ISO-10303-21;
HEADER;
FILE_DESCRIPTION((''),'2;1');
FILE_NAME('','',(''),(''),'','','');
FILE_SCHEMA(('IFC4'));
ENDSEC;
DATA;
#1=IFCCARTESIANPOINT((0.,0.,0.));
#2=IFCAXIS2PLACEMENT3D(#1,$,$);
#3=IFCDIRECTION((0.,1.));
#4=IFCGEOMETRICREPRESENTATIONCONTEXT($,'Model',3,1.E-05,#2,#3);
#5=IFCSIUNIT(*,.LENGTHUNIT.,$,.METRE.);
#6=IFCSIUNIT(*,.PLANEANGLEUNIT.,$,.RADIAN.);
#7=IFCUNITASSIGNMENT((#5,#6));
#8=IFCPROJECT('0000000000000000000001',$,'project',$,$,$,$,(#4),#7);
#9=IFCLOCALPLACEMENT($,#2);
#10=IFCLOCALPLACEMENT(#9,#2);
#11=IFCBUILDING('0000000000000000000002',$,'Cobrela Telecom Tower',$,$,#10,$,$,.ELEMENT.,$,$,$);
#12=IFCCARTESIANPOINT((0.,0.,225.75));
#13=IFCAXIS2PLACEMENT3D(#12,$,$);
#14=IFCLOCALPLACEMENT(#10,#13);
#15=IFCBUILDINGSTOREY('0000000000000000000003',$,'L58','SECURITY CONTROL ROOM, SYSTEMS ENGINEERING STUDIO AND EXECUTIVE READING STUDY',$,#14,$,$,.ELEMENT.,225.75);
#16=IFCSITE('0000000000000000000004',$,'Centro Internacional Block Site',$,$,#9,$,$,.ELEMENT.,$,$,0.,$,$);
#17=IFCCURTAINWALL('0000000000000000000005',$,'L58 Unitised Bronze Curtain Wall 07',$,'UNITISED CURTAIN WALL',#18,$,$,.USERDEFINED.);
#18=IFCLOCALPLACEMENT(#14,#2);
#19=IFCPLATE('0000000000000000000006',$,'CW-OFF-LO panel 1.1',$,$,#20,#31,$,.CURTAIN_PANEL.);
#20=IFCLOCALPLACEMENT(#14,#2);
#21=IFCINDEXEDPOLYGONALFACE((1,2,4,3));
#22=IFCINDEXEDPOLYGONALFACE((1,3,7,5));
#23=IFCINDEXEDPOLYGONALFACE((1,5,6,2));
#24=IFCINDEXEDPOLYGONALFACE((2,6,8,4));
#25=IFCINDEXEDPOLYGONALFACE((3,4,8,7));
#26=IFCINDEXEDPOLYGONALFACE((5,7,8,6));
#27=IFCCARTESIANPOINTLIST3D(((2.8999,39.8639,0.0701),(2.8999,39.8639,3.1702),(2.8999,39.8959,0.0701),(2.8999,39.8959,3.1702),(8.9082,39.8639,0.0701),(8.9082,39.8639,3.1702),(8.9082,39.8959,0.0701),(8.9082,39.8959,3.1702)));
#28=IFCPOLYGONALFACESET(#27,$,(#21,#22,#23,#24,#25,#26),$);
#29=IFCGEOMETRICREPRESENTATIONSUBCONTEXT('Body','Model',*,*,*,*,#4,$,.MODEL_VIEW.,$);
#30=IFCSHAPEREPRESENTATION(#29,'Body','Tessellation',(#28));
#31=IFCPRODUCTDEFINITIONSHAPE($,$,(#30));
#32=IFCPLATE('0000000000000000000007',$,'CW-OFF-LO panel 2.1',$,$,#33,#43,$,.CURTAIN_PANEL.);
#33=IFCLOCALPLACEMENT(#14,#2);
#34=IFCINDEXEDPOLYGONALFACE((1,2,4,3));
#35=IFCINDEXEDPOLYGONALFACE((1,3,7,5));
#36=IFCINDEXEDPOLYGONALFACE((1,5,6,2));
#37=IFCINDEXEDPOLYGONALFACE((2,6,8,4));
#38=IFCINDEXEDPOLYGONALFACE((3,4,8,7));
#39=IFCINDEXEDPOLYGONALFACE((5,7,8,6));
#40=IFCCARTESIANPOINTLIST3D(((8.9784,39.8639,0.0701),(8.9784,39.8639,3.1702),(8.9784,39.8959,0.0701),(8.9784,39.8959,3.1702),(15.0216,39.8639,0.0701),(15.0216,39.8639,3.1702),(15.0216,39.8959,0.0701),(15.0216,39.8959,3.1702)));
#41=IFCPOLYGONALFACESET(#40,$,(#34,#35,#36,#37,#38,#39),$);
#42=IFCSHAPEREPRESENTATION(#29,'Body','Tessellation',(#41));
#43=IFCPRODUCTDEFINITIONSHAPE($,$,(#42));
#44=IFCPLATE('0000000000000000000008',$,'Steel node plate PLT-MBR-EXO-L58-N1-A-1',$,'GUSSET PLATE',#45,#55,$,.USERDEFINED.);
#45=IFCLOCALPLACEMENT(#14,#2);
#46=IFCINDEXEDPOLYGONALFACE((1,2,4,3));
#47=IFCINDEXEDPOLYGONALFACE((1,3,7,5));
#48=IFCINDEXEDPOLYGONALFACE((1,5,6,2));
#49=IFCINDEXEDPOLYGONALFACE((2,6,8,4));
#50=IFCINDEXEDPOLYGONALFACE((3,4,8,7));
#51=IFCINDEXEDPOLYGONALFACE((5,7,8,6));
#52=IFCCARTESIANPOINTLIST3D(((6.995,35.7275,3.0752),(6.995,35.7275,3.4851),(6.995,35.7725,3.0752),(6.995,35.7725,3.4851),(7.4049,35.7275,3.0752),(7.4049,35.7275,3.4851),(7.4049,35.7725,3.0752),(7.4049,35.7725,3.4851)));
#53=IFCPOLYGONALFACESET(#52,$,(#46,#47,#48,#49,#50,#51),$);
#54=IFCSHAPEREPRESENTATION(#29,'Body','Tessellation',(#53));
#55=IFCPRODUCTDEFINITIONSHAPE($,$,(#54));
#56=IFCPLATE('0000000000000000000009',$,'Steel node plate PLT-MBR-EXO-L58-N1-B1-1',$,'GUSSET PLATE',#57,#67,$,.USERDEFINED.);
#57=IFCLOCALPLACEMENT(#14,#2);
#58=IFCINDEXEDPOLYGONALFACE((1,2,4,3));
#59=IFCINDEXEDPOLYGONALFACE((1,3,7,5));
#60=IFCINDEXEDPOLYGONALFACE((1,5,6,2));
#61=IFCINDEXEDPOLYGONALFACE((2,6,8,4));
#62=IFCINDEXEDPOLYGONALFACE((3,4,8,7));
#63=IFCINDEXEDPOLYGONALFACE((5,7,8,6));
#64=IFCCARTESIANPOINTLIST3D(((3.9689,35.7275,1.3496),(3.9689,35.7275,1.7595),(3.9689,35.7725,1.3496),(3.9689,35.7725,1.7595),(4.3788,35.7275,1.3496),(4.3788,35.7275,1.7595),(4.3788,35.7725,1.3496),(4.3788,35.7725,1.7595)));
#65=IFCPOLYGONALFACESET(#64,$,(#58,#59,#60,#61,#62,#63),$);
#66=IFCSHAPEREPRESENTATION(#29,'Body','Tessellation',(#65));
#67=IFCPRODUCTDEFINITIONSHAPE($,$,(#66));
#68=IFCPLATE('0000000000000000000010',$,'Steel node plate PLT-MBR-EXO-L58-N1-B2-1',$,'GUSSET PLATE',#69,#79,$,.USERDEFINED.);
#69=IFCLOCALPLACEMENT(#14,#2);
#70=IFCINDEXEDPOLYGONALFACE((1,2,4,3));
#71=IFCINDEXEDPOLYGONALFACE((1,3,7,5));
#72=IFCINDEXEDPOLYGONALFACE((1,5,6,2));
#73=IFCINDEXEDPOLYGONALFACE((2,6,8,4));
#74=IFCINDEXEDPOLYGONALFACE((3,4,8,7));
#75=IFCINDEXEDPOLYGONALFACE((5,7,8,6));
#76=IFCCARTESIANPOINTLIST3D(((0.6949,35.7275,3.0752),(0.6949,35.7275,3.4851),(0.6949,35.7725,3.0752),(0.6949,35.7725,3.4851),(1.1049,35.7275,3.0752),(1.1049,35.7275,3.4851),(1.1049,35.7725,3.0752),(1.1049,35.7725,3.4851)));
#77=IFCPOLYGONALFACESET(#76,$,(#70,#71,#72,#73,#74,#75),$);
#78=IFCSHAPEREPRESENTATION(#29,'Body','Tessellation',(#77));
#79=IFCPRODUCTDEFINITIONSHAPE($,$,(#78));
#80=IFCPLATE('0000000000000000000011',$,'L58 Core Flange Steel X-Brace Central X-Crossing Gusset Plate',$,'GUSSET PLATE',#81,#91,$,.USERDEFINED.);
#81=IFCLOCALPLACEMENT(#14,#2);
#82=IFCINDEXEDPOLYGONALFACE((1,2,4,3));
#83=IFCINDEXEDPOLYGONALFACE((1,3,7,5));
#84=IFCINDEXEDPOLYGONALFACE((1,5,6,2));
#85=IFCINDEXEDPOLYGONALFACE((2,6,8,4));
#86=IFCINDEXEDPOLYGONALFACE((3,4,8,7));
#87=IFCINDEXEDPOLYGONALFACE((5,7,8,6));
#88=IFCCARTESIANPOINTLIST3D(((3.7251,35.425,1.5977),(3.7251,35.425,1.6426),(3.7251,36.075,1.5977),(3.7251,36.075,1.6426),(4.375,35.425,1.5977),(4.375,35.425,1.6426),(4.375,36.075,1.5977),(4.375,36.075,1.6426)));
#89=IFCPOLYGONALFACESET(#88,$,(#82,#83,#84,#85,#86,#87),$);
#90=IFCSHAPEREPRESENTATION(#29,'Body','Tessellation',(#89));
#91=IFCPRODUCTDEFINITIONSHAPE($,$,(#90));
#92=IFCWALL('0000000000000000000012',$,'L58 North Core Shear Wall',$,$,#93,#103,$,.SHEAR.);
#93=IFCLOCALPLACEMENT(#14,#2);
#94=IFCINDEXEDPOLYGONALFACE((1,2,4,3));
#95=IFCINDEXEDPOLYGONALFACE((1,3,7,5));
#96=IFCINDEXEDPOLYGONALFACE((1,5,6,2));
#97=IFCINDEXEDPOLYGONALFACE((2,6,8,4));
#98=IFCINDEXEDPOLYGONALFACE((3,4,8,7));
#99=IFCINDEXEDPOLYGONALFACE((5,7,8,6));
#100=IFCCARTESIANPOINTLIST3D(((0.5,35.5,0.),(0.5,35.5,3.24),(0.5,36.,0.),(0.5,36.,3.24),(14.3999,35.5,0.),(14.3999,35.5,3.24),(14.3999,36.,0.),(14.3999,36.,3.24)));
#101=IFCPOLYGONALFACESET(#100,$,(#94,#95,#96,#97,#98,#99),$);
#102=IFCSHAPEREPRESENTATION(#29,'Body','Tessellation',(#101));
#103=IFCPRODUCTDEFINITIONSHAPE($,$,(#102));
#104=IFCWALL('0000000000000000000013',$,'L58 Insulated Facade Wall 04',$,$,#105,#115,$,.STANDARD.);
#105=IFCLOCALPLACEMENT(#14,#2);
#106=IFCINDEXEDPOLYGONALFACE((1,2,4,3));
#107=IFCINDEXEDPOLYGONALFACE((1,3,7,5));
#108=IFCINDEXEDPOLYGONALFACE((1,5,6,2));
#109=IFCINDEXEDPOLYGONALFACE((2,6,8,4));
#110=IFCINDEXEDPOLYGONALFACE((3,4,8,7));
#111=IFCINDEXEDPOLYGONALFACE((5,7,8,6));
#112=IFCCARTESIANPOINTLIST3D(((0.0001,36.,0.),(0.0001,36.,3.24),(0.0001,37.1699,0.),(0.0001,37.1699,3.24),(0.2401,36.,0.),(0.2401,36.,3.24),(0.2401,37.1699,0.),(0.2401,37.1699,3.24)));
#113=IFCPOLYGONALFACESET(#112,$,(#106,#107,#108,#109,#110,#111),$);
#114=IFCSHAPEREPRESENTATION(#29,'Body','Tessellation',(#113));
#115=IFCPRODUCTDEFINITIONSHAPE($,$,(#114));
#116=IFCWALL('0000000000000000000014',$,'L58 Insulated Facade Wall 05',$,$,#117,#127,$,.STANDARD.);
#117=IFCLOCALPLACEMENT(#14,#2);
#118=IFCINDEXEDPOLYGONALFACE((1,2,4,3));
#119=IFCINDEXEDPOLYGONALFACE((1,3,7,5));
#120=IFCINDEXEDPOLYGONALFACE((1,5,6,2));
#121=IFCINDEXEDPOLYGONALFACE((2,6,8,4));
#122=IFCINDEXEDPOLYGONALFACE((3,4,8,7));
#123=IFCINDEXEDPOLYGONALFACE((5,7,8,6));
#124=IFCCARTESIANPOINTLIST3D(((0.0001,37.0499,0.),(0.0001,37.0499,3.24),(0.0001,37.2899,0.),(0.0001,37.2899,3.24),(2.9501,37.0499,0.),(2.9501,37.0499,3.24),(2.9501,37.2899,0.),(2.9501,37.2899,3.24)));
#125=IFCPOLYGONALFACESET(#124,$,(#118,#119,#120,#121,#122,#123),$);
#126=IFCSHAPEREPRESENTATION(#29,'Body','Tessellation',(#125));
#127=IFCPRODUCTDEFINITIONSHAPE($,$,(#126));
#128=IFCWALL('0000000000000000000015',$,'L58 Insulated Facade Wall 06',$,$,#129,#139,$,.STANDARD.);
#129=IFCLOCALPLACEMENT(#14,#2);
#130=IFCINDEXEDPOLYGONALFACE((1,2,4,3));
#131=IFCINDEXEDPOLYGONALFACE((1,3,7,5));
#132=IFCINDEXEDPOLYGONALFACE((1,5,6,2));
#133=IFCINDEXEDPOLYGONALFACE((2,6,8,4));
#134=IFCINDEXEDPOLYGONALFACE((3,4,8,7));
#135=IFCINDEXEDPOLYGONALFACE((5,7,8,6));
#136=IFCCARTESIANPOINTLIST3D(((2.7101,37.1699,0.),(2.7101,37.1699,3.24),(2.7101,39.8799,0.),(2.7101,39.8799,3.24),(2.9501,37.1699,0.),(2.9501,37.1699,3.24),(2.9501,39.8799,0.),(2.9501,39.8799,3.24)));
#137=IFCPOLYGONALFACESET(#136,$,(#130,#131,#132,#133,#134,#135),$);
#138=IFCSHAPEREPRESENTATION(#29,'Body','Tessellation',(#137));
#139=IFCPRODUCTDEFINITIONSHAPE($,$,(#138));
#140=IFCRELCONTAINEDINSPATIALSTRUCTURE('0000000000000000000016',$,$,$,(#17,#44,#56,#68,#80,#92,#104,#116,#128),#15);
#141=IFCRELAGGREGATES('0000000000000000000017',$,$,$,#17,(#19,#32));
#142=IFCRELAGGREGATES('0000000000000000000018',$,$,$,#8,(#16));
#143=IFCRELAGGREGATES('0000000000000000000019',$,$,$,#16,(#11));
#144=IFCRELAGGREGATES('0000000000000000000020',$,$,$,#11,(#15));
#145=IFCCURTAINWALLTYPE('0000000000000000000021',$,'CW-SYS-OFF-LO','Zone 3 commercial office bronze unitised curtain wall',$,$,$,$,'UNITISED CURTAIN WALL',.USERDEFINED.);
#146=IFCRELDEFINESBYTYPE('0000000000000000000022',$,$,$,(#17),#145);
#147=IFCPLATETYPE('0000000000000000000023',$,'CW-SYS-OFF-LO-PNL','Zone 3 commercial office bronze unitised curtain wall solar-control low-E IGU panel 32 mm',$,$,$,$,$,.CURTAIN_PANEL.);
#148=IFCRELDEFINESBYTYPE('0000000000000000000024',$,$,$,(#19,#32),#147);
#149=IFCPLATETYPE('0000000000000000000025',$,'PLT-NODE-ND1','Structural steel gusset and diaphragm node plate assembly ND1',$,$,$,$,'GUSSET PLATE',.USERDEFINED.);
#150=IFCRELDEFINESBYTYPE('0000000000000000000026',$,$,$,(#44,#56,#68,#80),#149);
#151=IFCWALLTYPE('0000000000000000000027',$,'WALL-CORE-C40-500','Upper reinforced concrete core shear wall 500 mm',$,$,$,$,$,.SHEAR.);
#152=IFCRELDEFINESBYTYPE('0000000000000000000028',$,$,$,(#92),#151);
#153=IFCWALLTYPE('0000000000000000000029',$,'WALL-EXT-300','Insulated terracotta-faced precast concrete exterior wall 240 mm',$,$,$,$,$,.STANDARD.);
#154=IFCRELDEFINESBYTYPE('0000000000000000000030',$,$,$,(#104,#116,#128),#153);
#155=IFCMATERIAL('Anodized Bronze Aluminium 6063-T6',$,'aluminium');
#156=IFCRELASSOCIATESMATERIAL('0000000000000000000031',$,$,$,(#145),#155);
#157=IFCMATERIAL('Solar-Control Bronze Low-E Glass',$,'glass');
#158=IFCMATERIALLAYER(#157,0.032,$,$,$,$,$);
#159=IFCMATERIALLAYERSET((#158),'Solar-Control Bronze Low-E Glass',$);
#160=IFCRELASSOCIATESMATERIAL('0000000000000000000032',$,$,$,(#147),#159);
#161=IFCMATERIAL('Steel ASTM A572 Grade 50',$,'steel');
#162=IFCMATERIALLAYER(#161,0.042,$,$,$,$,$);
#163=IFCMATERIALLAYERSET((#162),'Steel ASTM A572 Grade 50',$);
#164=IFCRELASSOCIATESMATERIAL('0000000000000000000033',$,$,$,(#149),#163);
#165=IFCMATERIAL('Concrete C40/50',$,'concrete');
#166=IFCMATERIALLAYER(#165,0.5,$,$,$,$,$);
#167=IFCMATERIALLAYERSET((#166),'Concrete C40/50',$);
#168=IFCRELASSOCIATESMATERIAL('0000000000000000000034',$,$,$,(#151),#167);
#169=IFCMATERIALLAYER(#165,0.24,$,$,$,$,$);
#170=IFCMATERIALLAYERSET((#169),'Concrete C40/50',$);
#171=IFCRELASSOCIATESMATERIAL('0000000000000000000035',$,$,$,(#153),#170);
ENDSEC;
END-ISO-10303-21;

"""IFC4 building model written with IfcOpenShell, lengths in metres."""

from ifc_helpers import new_model, si_unit, direction, frame, frame_2d, origin, origin_2d, place, context, subcontext, project, spatial, rectangle, extrude, material, layer, layer_set, type_object, element, aggregate, save


model = new_model("IFC4")

# Units and contexts
model_context = context("Model", 3, precision=1e-05, world=origin(), true_north=direction((0.0, 1.0)))
body_context = subcontext(model_context, "Body", "Model", "MODEL_VIEW")
ifc_project = project(units=[si_unit("LENGTHUNIT", "METRE"), si_unit("PLANEANGLEUNIT", "RADIAN")], contexts=[model_context])

# Site, building, storey
site_placement = place(None, origin())
site = spatial("IfcSite", under=ifc_project, at=site_placement, Name="Centro Internacional Block Site", CompositionType="ELEMENT", RefElevation=0.0)
building_placement = place(site_placement, origin())
building = spatial("IfcBuilding", under=site, at=building_placement, Name="Cobrela Telecom Tower", CompositionType="ELEMENT")
storey_placement = place(building_placement, frame((0.0, 0.0, 225.75)))
storey = spatial("IfcBuildingStorey", under=building, at=storey_placement, Name="L58", Description="SECURITY CONTROL ROOM, SYSTEMS ENGINEERING STUDIO AND EXECUTIVE READING STUDY", CompositionType="ELEMENT", Elevation=225.75)

# Shared definitions
ifc_material_1 = material(Name="Steel ASTM A572 Grade 50", Category="steel")

# Curtain wall
ifc_material_2 = material(Name="Anodized Bronze Aluminium 6063-T6", Category="aluminium")
curtain_wall_type = type_object("IfcCurtainWallType", Name="CW-SYS-OFF-LO", Description="Zone 3 commercial office bronze unitised curtain wall", ElementType="UNITISED CURTAIN WALL", PredefinedType="USERDEFINED", material=ifc_material_2)
curtain_wall_placement = place(storey_placement, origin())
curtain_wall = element("IfcCurtainWall", 1, at=curtain_wall_placement, inside=storey, type_object=curtain_wall_type, Name="L58 Unitised Bronze Curtain Wall 07", ObjectType="UNITISED CURTAIN WALL", PredefinedType="USERDEFINED")

# Plates
ifc_material_3 = material(Name="Solar-Control Bronze Low-E Glass", Category="glass")
ifc_layer_1 = layer(ifc_material_3, 0.032)
ifc_layer_set_1 = layer_set([ifc_layer_1], Name="Solar-Control Bronze Low-E Glass")
plate_type_1 = type_object("IfcPlateType", Name="CW-SYS-OFF-LO-PNL", Description="Zone 3 commercial office bronze unitised curtain wall solar-control low-E IGU panel 32 mm", PredefinedType="CURTAIN_PANEL", material=ifc_layer_set_1)
plate_1_placement = place(storey_placement, frame((5.9041, 39.8799, 0.0701), z_axis=(0.0, 0.0, 1.0), x_axis=(1.0, 0.0, 0.0)))
plate_1 = element("IfcPlate", 2, at=plate_1_placement, type_object=plate_type_1, Name="CW-OFF-LO panel 1.1", PredefinedType="CURTAIN_PANEL", context=body_context, shape_type="SweptSolid", body=[
    extrude(rectangle(XDim=6.0083, YDim=0.032, at=origin_2d()), origin(), (0.0, 0.0, 1.0), 3.1001),
])
plate_2_placement = place(storey_placement, frame((12.0, 39.8799, 0.0701), z_axis=(0.0, 0.0, 1.0), x_axis=(1.0, 0.0, 0.0)))
plate_2 = element("IfcPlate", 3, at=plate_2_placement, type_object=plate_type_1, Name="CW-OFF-LO panel 2.1", PredefinedType="CURTAIN_PANEL", context=body_context, shape_type="SweptSolid", body=[
    extrude(rectangle(XDim=6.0432, YDim=0.032, at=origin_2d()), origin(), (0.0, 0.0, 1.0), 3.1001),
])
aggregate(curtain_wall, [plate_1, plate_2])

# Plates
ifc_layer_2 = layer(ifc_material_1, 0.042)
ifc_layer_set_2 = layer_set([ifc_layer_2], Name="Steel ASTM A572 Grade 50")
plate_type_2 = type_object("IfcPlateType", Name="PLT-NODE-ND1", Description="Structural steel gusset and diaphragm node plate assembly ND1", ElementType="GUSSET PLATE", PredefinedType="USERDEFINED", material=ifc_layer_set_2)
for number, where, z_axis, x_axis, name in (
    (4, (7.2, 35.75, 3.0752), (0.0, 0.0, 1.0), (1.0, 0.0, 0.0), "Steel node plate PLT-MBR-EXO-L58-N1-A-1"),
    (5, (4.1738, 35.75, 1.3496), (0.0, 0.0, 1.0), (-1.0, 0.0, 0.0), "Steel node plate PLT-MBR-EXO-L58-N1-B1-1"),
    (6, (0.8999, 35.75, 3.0752), (0.0, 0.0, 1.0), (-1.0, 0.0, 0.0), "Steel node plate PLT-MBR-EXO-L58-N1-B2-1"),
):
    element("IfcPlate", number, at=place(storey_placement, frame(where, z_axis=z_axis, x_axis=x_axis)), inside=storey, type_object=plate_type_2, Name=name, ObjectType="GUSSET PLATE", PredefinedType="USERDEFINED", context=body_context, shape_type="SweptSolid", body=[
        extrude(rectangle(XDim=0.4099, YDim=0.0449, at=origin_2d()), origin(), (0.0, 0.0, 1.0), 0.4099),
    ])
plate_3_placement = place(storey_placement, frame((4.05, 35.75, 1.5977), z_axis=(0.0, 0.0, 1.0), x_axis=(1.0, 0.0, 0.0)))
element("IfcPlate", 7, at=plate_3_placement, inside=storey, type_object=plate_type_2, Name="L58 Core Flange Steel X-Brace Central X-Crossing Gusset Plate", ObjectType="GUSSET PLATE", PredefinedType="USERDEFINED", context=body_context, shape_type="SweptSolid", body=[
    extrude(rectangle(XDim=0.6499, YDim=0.6499, at=origin_2d()), origin(), (0.0, 0.0, 1.0), 0.0449),
])

# Walls
ifc_material_4 = material(Name="Concrete C40/50", Category="concrete")
ifc_layer_3 = layer(ifc_material_4, 0.5)
ifc_layer_set_3 = layer_set([ifc_layer_3], Name="Concrete C40/50")
wall_type_1 = type_object("IfcWallType", Name="WALL-CORE-C40-500", Description="Upper reinforced concrete core shear wall 500 mm", PredefinedType="SHEAR", material=ifc_layer_set_3)
wall_1_placement = place(storey_placement, frame((0.5, 35.75, 0.0), z_axis=(0.0, 0.0, 1.0), x_axis=(1.0, 0.0, 0.0)))
element("IfcWall", 8, at=wall_1_placement, inside=storey, type_object=wall_type_1, Name="L58 North Core Shear Wall", PredefinedType="SHEAR", context=body_context, shape_type="SweptSolid", body=[
    extrude(rectangle(XDim=13.8999, YDim=0.5, at=frame_2d((6.95, 0.0))), origin(), (0.0, 0.0, 1.0), 3.24),
])
ifc_layer_4 = layer(ifc_material_4, 0.24)
ifc_layer_set_4 = layer_set([ifc_layer_4], Name="Concrete C40/50")
wall_type_2 = type_object("IfcWallType", Name="WALL-EXT-300", Description="Insulated terracotta-faced precast concrete exterior wall 240 mm", PredefinedType="STANDARD", material=ifc_layer_set_4)
wall_2_placement = place(storey_placement, frame((0.1201, 36.0, 0.0), z_axis=(0.0, 0.0, 1.0), x_axis=(0.0, 1.0, 0.0)))
element("IfcWall", 9, at=wall_2_placement, inside=storey, type_object=wall_type_2, Name="L58 Insulated Facade Wall 04", PredefinedType="STANDARD", context=body_context, shape_type="SweptSolid", body=[
    extrude(rectangle(XDim=1.1699, YDim=0.24, at=frame_2d((0.585, 0.0))), origin(), (0.0, 0.0, 1.0), 3.24),
])
wall_3_placement = place(storey_placement, frame((0.0, 37.1699, 0.0), z_axis=(0.0, 0.0, 1.0), x_axis=(1.0, 0.0, 0.0)))
element("IfcWall", 10, at=wall_3_placement, inside=storey, type_object=wall_type_2, Name="L58 Insulated Facade Wall 05", PredefinedType="STANDARD", context=body_context, shape_type="SweptSolid", body=[
    extrude(rectangle(XDim=2.95, YDim=0.24, at=frame_2d((1.4751, 0.0))), origin(), (0.0, 0.0, 1.0), 3.24),
])
wall_4_placement = place(storey_placement, frame((2.8301, 37.1699, 0.0), z_axis=(0.0, 0.0, 1.0), x_axis=(0.0, 1.0, 0.0)))
element("IfcWall", 11, at=wall_4_placement, inside=storey, type_object=wall_type_2, Name="L58 Insulated Facade Wall 06", PredefinedType="STANDARD", context=body_context, shape_type="SweptSolid", body=[
    extrude(rectangle(XDim=2.71, YDim=0.24, at=frame_2d((1.355, 0.0))), origin(), (0.0, 0.0, 1.0), 3.24),
])

save(model, "model.ifc")
